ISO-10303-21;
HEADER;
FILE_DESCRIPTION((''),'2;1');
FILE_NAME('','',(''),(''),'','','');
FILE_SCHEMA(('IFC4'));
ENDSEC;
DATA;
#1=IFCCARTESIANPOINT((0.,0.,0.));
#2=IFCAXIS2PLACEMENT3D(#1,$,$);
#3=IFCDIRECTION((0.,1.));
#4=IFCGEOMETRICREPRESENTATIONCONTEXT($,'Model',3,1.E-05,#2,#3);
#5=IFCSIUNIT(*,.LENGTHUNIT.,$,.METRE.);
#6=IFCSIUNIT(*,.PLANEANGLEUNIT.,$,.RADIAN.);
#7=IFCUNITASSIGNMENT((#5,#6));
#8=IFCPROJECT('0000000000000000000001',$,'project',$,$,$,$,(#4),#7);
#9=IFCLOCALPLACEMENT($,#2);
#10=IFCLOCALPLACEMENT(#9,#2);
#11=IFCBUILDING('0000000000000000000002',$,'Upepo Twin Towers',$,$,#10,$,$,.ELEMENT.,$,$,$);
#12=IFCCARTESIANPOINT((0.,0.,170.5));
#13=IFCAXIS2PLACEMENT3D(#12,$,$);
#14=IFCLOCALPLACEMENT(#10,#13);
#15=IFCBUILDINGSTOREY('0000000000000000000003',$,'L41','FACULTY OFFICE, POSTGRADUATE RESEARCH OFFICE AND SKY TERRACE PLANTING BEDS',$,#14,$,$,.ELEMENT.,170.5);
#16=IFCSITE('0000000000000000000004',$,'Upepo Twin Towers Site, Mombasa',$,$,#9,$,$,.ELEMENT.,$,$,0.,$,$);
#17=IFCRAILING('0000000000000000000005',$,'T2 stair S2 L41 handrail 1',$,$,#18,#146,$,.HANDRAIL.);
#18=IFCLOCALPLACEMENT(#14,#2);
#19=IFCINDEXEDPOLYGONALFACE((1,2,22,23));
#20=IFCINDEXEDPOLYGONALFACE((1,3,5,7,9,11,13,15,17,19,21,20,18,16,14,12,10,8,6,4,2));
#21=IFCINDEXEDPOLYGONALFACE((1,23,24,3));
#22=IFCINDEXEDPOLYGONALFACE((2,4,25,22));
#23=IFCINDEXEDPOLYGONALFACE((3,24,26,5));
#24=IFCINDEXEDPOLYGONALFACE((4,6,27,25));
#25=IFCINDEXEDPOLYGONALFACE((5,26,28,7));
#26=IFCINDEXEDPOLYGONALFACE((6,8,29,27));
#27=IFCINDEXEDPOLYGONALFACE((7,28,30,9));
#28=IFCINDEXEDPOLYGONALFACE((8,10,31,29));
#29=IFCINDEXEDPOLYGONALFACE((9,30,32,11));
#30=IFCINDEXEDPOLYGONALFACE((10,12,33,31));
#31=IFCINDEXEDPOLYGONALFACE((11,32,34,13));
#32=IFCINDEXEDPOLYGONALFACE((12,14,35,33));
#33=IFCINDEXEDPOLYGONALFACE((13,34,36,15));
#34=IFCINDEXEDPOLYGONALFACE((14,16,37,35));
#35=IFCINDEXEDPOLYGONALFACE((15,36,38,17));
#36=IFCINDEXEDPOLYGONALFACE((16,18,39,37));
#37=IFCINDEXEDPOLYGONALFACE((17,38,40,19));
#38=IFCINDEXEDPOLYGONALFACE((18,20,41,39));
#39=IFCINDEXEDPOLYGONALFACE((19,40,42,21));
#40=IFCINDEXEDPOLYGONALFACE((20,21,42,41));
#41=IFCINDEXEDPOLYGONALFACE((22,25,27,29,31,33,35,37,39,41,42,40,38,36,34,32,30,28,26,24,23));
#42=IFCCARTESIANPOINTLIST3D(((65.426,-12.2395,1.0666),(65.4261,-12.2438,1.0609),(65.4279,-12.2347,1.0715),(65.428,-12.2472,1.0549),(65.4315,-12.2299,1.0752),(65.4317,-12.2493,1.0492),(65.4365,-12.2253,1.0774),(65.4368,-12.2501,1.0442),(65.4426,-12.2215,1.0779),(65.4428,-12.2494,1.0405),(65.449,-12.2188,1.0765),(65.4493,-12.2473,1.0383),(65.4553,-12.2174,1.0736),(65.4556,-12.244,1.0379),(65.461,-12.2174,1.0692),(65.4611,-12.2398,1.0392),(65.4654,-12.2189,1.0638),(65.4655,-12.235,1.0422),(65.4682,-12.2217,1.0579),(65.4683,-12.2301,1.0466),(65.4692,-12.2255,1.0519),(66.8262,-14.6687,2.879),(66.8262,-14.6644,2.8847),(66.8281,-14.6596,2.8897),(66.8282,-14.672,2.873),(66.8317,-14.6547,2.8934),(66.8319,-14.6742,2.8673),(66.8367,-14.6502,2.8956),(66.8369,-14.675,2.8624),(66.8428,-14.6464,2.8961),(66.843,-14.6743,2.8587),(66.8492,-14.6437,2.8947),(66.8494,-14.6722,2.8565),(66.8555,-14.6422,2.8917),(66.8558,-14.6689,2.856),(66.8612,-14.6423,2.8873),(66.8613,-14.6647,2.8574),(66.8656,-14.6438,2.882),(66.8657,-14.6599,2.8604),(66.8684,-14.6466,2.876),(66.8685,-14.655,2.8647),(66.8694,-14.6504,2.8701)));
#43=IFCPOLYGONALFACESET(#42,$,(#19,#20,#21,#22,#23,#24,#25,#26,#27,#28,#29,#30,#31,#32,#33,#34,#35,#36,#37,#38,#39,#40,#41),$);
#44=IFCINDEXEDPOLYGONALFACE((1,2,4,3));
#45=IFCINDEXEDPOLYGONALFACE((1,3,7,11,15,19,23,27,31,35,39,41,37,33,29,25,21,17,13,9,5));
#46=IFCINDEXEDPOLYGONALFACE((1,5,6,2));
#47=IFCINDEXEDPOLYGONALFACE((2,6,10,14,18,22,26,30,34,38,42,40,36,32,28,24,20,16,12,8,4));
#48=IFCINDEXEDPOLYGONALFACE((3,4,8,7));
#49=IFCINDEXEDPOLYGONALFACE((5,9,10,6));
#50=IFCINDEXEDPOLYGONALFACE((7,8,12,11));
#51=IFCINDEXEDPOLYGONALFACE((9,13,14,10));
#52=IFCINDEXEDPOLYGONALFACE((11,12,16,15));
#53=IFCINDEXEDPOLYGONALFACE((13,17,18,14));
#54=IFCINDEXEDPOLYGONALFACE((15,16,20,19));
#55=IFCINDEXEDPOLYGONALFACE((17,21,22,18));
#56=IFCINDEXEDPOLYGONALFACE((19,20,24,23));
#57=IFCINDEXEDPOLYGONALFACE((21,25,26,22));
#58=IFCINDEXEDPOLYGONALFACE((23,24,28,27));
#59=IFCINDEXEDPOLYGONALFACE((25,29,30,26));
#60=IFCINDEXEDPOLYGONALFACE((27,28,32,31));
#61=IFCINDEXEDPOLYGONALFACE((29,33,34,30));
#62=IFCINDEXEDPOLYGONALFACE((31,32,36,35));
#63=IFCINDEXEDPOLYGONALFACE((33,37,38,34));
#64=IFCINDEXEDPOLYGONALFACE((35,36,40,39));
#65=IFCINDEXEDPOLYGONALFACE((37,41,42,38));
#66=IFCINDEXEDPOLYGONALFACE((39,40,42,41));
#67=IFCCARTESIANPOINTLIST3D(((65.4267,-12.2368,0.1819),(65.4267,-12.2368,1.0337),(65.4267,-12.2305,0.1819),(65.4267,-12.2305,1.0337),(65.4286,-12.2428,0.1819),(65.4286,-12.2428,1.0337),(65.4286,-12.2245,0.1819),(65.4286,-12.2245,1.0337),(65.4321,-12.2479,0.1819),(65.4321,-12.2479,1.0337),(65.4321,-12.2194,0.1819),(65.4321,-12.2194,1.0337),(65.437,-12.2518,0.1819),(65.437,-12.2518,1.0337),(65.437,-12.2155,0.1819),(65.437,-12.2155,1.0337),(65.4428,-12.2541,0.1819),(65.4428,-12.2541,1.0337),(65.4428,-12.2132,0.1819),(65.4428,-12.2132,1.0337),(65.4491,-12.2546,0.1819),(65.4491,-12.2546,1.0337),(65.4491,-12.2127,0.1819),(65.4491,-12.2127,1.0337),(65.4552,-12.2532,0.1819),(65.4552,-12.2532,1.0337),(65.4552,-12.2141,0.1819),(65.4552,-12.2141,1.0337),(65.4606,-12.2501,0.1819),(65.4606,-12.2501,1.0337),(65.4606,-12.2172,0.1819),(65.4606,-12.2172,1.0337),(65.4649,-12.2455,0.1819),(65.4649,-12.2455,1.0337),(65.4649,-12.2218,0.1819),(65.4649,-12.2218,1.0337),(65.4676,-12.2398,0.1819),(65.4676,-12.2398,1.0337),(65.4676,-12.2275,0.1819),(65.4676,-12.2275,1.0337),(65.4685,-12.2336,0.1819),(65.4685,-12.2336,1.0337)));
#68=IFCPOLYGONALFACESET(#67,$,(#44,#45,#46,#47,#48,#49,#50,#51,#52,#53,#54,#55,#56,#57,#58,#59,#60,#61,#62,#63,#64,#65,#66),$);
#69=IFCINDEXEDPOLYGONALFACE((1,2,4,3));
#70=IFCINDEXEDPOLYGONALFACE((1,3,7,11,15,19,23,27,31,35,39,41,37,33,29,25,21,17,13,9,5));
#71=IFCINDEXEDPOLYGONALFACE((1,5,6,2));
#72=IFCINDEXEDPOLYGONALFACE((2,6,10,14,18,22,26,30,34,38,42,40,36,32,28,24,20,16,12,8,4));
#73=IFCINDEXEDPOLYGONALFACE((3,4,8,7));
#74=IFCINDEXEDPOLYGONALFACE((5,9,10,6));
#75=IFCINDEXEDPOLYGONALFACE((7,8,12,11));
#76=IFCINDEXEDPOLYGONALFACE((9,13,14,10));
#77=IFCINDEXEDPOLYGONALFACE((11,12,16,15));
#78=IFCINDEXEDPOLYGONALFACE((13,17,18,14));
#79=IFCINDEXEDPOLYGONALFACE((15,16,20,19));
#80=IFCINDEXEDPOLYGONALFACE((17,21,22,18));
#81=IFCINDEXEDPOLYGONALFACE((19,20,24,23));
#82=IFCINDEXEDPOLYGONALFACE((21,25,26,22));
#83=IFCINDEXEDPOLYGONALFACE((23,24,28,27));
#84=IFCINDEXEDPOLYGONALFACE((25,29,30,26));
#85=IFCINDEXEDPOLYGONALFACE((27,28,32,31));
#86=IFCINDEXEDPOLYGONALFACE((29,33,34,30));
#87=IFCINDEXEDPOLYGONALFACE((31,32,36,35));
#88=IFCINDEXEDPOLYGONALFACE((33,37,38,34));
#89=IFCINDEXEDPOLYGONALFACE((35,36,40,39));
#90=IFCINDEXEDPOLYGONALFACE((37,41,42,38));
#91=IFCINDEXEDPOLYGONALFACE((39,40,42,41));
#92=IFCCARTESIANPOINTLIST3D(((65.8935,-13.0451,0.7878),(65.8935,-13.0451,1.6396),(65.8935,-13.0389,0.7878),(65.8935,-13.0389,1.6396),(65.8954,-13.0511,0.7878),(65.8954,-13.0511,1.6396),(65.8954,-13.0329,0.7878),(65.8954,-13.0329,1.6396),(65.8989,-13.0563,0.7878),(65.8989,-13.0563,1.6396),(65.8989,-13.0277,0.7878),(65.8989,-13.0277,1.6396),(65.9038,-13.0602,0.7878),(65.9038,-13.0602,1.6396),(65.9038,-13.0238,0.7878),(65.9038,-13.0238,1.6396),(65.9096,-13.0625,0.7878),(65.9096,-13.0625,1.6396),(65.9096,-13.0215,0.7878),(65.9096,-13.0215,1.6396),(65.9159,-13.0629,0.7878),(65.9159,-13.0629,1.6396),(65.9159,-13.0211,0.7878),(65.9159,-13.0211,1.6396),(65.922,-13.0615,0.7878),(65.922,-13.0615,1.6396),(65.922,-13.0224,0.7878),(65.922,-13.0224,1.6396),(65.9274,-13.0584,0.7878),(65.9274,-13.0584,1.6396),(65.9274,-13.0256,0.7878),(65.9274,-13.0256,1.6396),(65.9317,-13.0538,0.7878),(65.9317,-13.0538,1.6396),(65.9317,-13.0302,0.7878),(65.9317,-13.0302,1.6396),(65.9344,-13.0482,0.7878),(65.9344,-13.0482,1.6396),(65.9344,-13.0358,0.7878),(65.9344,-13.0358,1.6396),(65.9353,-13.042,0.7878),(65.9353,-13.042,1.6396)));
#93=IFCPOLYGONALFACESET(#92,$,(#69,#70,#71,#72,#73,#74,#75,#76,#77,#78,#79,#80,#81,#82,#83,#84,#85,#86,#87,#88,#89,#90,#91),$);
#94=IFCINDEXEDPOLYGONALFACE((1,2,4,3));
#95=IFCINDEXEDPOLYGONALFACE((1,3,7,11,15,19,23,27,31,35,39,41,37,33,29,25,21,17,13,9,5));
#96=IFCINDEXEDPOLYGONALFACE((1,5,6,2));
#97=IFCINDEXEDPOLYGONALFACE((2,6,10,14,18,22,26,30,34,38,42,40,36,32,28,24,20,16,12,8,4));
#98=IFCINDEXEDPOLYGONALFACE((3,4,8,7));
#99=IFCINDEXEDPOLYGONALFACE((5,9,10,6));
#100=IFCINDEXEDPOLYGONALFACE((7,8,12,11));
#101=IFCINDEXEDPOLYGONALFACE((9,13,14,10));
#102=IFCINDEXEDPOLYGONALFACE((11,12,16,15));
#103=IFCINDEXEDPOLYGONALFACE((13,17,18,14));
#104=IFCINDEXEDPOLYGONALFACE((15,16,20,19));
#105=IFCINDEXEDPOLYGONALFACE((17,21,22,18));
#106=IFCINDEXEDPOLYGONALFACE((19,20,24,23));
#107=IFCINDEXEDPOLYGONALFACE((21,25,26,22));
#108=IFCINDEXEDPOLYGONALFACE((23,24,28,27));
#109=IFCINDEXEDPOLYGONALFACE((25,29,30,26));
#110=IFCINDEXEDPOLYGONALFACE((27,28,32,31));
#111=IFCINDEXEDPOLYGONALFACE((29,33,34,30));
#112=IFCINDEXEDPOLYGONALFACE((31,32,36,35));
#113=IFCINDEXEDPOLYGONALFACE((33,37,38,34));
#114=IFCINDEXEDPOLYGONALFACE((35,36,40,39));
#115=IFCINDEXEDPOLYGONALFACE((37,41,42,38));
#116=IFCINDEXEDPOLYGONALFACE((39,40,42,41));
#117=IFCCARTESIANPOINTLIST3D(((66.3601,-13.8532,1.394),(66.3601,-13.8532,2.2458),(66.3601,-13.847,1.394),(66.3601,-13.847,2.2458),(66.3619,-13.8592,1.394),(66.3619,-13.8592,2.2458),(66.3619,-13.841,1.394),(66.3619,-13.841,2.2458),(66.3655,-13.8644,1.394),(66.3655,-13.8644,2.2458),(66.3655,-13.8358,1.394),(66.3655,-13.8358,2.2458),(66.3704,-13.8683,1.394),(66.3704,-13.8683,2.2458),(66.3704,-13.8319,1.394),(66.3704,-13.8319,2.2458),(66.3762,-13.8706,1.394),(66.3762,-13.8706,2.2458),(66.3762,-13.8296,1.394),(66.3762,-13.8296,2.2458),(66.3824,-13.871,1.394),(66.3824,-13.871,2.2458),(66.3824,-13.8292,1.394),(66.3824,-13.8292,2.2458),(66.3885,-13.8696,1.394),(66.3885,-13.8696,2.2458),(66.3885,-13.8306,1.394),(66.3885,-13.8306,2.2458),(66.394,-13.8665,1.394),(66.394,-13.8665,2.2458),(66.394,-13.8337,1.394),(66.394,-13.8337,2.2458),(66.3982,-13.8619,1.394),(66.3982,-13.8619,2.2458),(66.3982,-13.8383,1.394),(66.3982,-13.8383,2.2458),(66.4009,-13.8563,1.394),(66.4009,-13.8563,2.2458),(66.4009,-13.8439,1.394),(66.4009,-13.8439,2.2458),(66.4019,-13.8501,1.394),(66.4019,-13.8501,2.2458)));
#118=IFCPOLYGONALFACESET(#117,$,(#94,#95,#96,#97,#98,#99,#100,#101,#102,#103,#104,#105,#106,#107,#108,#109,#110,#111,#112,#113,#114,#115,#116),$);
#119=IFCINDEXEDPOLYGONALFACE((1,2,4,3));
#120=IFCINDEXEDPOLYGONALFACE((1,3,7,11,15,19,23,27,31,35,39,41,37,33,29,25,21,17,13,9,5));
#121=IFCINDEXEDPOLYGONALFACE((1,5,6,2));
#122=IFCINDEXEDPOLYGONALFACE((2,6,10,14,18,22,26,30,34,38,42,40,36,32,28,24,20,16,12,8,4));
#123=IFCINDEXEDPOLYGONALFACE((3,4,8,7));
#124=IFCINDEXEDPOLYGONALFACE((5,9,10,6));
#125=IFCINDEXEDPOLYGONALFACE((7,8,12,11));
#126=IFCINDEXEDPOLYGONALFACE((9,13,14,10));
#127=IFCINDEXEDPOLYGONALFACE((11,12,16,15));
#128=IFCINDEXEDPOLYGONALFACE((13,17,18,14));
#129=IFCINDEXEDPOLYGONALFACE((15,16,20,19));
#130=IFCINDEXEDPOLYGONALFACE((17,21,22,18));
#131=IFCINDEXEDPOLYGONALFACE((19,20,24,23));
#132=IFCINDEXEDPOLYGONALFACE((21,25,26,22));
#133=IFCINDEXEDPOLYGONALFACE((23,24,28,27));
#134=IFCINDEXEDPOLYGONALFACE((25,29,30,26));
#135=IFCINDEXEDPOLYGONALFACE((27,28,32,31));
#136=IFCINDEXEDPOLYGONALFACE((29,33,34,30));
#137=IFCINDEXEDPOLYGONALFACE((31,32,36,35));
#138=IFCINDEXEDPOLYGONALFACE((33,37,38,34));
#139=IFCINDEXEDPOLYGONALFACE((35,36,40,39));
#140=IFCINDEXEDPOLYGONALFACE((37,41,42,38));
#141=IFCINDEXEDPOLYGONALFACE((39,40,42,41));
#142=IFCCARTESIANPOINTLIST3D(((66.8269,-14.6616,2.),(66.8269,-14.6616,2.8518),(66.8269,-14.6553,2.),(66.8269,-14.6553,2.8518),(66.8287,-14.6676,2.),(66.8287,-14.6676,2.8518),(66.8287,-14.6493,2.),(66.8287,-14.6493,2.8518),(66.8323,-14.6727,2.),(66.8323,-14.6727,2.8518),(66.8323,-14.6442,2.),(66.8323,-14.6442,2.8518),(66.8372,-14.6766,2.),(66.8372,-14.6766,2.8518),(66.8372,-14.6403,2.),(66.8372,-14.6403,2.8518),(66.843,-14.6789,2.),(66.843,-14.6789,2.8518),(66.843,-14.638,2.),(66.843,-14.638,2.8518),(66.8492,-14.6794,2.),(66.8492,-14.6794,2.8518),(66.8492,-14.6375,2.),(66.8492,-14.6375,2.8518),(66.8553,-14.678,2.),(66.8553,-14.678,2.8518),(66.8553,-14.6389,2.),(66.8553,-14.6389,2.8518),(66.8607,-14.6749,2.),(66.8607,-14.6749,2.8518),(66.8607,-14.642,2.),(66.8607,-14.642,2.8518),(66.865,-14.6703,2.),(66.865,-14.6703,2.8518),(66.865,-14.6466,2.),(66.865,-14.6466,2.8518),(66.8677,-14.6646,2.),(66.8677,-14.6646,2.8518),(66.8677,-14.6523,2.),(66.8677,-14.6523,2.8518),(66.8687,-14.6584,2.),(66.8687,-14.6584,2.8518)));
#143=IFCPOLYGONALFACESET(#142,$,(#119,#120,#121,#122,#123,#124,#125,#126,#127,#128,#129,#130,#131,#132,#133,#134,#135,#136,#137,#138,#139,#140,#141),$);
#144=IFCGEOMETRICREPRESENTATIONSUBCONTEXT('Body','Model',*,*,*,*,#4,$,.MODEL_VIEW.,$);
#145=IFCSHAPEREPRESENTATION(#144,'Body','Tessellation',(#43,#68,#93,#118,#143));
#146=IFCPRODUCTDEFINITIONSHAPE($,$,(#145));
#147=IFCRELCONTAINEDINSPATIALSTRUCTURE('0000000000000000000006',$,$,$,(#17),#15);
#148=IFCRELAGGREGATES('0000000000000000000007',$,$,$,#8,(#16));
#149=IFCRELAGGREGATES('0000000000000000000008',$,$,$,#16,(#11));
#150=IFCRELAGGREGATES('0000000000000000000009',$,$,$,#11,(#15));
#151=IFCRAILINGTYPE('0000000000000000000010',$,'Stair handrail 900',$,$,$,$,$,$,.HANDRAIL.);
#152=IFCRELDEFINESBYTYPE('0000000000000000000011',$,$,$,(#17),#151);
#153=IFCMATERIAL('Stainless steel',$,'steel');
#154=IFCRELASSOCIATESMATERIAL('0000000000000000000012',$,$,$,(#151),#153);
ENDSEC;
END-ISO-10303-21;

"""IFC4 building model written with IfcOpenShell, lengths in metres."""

from ifc_helpers import new_model, si_unit, direction, frame, origin, origin_2d, place, context, subcontext, project, spatial, circle, extrude, material, type_object, element, save


model = new_model("IFC4")

# Units and contexts
model_context = context("Model", 3, precision=1e-05, world=origin(), true_north=direction((0.0, 1.0)))
body_context = subcontext(model_context, "Body", "Model", "MODEL_VIEW")
ifc_project = project(units=[si_unit("LENGTHUNIT", "METRE"), si_unit("PLANEANGLEUNIT", "RADIAN")], contexts=[model_context])

# Site, building, storey
site_placement = place(None, origin())
site = spatial("IfcSite", under=ifc_project, at=site_placement, Name="Upepo Twin Towers Site, Mombasa", CompositionType="ELEMENT", RefElevation=0.0)
building_placement = place(site_placement, origin())
building = spatial("IfcBuilding", under=site, at=building_placement, Name="Upepo Twin Towers", CompositionType="ELEMENT")
storey_placement = place(building_placement, frame((0.0, 0.0, 170.5)))
storey = spatial("IfcBuildingStorey", under=building, at=storey_placement, Name="L41", Description="FACULTY OFFICE, POSTGRADUATE RESEARCH OFFICE AND SKY TERRACE PLANTING BEDS", CompositionType="ELEMENT", Elevation=170.5)

# Railing
ifc_material_1 = material(Name="Stainless steel", Category="steel")
railing_type = type_object("IfcRailingType", Name="Stair handrail 900", PredefinedType="HANDRAIL", material=ifc_material_1)
railing_1_placement = place(storey_placement, frame((65.4475, -12.2336, 0.1819)))
element("IfcRailing", 1, at=railing_1_placement, inside=storey, type_object=railing_type, Name="T2 stair S2 L41 handrail 1", PredefinedType="HANDRAIL", context=body_context, shape_type="SweptSolid", body=[
    extrude(circle(Radius=0.0239, at=origin_2d()), frame((0.0, 0.0, 0.876), z_axis=(0.419393, -0.726314, 0.544589), x_axis=(0.865997, 0.50005, 0.0)), (0.0, 0.0, 1.0), 3.3386),
    extrude(circle(Radius=0.021, at=origin_2d()), origin(), (0.0, 0.0, 1.0), 0.8518),
    extrude(circle(Radius=0.021, at=origin_2d()), frame((0.4668, -0.8083, 0.606)), (0.0, 0.0, 1.0), 0.8518),
    extrude(circle(Radius=0.021, at=origin_2d()), frame((0.9333, -1.6165, 1.2122)), (0.0, 0.0, 1.0), 0.8518),
    extrude(circle(Radius=0.021, at=origin_2d()), frame((1.4001, -2.4248, 1.8181)), (0.0, 0.0, 1.0), 0.8518),
])

save(model, "model.ifc")
